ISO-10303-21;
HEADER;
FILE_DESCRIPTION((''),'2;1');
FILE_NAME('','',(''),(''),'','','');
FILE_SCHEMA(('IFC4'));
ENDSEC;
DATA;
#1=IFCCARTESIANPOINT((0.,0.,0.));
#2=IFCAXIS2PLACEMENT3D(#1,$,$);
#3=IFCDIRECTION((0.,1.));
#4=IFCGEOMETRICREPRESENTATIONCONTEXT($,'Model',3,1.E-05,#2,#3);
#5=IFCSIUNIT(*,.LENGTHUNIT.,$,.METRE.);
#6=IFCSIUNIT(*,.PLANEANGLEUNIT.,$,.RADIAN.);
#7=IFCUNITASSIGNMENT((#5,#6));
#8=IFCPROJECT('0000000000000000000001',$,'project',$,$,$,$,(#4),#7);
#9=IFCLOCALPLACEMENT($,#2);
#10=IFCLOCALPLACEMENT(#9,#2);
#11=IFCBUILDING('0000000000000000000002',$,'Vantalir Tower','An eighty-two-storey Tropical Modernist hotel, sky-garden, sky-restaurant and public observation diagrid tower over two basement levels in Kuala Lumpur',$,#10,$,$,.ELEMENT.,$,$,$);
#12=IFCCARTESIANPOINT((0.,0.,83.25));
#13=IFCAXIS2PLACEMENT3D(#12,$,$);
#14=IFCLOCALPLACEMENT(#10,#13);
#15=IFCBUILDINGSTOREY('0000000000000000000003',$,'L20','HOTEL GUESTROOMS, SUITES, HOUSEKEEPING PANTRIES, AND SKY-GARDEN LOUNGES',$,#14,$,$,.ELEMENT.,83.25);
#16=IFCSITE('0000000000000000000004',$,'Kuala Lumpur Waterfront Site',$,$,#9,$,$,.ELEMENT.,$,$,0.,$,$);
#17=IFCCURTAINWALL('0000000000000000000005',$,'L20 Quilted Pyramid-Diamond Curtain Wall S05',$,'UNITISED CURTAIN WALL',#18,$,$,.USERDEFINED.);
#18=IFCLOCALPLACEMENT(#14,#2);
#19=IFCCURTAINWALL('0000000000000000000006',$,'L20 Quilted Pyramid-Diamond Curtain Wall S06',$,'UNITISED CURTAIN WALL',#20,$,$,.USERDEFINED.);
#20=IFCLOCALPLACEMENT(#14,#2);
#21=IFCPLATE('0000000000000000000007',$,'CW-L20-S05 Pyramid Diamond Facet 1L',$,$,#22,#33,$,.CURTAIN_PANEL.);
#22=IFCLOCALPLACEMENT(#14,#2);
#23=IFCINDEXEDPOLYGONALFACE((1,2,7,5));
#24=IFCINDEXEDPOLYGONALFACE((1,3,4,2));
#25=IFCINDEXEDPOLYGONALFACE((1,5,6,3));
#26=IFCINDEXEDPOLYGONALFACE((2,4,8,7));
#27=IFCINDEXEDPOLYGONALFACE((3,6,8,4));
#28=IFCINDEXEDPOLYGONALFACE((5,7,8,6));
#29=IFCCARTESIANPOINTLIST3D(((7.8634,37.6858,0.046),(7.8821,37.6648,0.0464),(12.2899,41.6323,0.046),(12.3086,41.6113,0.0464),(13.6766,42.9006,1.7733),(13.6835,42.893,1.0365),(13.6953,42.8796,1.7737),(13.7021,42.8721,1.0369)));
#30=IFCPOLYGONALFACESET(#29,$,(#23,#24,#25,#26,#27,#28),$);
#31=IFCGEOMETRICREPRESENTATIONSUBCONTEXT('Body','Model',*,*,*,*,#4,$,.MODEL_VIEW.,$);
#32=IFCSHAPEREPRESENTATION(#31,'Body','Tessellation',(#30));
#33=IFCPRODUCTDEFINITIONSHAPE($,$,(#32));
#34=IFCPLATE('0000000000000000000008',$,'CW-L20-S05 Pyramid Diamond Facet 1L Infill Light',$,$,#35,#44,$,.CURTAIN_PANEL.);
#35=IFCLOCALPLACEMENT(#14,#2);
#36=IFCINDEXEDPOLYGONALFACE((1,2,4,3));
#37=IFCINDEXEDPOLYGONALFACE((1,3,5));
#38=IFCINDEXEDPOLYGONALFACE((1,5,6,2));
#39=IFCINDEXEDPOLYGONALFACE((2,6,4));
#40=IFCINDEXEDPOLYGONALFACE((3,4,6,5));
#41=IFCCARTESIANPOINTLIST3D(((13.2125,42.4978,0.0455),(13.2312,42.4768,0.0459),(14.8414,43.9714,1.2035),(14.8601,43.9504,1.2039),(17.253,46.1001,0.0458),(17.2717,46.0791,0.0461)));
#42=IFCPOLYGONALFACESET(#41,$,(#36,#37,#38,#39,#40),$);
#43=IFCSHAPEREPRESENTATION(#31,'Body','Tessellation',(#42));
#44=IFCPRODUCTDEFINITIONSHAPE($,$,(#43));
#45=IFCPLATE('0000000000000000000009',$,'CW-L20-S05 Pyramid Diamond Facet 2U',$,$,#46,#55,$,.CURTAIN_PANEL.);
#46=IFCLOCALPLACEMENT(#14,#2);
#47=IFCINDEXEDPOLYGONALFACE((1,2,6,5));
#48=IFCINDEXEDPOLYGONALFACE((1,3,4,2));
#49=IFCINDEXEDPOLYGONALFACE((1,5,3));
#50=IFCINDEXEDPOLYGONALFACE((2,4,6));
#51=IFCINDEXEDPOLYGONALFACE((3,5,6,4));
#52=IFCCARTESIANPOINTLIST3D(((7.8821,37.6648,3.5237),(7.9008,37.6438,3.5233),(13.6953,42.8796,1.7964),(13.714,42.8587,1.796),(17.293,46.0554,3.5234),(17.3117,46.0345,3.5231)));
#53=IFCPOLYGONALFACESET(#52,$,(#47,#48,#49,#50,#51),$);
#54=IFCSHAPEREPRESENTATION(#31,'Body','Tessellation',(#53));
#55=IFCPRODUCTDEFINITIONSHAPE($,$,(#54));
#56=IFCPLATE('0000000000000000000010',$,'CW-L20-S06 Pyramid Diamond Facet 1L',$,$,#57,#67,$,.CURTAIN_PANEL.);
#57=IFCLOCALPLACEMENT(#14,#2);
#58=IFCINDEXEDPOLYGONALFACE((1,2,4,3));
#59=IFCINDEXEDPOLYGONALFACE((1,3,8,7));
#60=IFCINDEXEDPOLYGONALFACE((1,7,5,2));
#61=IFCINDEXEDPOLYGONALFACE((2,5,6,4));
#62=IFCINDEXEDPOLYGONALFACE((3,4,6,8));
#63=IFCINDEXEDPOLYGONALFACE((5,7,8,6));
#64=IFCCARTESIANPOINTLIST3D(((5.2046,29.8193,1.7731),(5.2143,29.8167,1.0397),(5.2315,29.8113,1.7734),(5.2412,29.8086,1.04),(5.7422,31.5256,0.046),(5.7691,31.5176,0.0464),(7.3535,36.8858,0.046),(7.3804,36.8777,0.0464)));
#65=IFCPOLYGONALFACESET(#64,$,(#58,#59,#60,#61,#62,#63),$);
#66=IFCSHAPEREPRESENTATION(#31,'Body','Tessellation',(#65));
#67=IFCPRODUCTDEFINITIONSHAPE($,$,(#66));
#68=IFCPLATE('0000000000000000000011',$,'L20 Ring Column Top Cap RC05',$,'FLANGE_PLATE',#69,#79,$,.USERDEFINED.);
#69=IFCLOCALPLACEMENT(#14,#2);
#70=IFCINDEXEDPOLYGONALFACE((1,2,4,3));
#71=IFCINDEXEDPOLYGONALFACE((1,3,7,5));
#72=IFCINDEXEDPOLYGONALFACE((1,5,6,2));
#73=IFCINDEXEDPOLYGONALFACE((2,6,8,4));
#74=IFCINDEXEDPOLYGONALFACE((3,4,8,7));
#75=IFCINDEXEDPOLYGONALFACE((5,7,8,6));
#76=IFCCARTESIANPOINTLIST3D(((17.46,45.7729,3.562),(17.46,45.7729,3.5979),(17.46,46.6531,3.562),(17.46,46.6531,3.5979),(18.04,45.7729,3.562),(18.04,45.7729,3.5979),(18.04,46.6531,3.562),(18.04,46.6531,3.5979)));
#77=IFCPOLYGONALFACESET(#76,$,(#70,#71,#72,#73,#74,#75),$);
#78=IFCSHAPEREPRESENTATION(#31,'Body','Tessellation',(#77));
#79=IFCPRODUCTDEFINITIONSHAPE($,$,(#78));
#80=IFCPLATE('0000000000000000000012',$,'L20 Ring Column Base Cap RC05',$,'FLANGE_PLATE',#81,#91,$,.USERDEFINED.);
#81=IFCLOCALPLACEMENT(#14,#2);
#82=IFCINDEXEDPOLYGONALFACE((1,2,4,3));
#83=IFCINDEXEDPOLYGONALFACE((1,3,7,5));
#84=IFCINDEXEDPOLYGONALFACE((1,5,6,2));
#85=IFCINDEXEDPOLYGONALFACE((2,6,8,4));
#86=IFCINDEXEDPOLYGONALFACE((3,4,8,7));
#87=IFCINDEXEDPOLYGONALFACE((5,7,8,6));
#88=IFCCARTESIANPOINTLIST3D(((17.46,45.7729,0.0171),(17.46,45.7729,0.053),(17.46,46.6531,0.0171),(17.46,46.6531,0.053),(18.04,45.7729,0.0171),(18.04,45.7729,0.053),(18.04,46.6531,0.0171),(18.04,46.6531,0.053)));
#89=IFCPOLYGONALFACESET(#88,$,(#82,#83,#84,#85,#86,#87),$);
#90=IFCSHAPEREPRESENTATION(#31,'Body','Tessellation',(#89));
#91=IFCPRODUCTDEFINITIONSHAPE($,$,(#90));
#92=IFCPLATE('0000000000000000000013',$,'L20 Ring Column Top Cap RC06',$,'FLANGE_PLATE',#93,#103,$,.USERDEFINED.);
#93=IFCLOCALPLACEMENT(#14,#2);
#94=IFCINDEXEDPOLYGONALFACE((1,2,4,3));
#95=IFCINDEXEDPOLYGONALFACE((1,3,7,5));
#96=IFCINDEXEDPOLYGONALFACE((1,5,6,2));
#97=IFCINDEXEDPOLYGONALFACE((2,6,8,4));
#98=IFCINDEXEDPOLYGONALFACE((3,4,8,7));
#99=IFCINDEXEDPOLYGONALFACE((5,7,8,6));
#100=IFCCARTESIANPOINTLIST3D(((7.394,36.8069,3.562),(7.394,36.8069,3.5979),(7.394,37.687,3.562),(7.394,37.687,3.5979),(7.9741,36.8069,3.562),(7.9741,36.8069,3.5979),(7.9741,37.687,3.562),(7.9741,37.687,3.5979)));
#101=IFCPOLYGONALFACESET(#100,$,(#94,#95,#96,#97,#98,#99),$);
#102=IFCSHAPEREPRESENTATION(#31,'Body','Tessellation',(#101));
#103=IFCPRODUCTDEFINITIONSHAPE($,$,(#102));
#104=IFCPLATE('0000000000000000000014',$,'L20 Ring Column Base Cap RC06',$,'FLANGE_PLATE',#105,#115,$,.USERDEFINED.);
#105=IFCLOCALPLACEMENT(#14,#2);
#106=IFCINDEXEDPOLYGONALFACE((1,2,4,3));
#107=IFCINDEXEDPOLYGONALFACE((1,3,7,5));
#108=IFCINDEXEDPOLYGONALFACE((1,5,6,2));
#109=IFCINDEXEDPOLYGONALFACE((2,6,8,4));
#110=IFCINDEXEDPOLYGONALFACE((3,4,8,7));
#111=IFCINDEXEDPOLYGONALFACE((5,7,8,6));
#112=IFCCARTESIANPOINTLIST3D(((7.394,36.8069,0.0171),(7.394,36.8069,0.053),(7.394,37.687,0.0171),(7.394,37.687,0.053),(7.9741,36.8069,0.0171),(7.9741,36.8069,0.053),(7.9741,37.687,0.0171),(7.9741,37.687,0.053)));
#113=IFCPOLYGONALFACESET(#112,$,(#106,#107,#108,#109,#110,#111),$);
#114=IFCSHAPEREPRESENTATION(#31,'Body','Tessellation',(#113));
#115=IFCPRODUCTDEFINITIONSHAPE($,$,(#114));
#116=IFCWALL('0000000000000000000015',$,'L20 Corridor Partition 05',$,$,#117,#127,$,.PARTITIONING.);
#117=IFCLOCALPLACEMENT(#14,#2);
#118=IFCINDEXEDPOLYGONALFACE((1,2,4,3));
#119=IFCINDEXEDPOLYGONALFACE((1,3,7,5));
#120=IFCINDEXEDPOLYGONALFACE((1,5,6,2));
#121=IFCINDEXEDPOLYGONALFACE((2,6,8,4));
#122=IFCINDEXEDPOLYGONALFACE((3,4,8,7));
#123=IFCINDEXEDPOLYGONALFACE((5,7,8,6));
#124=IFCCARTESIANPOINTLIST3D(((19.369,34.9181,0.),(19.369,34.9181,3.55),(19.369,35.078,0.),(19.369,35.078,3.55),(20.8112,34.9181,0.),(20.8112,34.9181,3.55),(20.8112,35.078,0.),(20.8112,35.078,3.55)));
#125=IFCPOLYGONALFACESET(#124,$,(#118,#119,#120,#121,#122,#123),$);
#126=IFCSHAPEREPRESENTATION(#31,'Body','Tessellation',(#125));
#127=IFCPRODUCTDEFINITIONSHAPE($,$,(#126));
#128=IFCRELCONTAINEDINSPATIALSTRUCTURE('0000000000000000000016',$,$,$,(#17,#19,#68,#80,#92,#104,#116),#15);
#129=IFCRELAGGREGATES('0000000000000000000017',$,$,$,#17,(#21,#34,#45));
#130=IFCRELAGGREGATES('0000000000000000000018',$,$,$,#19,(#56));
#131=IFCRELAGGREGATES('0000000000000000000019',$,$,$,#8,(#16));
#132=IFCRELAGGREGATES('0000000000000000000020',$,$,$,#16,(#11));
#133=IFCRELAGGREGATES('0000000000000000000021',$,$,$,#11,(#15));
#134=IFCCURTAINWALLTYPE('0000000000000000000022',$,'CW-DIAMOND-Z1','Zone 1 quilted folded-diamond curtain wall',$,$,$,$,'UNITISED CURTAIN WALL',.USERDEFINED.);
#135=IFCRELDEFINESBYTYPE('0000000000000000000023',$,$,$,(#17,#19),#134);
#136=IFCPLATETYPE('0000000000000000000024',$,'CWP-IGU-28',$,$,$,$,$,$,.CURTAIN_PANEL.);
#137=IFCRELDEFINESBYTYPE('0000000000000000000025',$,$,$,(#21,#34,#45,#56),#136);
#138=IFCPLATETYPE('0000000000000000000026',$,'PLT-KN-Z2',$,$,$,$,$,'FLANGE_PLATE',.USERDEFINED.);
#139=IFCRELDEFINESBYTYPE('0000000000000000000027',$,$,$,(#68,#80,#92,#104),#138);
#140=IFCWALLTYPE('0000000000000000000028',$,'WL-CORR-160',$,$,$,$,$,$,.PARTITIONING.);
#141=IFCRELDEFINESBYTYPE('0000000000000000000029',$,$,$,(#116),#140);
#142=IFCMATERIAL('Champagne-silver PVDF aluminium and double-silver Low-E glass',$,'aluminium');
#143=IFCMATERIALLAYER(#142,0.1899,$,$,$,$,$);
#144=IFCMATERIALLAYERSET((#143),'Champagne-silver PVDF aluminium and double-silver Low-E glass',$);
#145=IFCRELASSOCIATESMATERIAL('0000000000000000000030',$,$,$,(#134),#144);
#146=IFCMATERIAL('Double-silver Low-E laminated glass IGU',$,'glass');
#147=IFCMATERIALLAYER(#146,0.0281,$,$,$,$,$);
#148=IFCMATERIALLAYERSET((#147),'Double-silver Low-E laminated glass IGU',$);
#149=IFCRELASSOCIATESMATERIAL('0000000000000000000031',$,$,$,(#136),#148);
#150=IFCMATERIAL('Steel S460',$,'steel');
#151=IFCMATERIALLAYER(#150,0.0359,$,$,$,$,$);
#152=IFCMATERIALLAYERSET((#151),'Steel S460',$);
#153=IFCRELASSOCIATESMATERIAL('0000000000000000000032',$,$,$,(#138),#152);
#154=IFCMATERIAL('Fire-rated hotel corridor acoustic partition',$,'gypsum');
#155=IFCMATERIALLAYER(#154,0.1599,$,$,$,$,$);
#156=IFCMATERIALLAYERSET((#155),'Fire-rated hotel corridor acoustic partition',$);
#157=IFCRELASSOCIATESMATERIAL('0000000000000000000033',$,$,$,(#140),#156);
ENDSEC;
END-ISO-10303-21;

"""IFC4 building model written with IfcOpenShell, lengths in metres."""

from ifc_helpers import new_model, si_unit, direction, frame, frame_2d, origin, place, context, subcontext, project, spatial, polyline, rectangle, outline, extrude, material, layer, layer_set, type_object, element, aggregate, save


model = new_model("IFC4")

# Units and contexts
model_context = context("Model", 3, precision=1e-05, world=origin(), true_north=direction((0.0, 1.0)))
body_context = subcontext(model_context, "Body", "Model", "MODEL_VIEW")
ifc_project = project(units=[si_unit("LENGTHUNIT", "METRE"), si_unit("PLANEANGLEUNIT", "RADIAN")], contexts=[model_context])

# Site, building, storey
site_placement = place(None, origin())
site = spatial("IfcSite", under=ifc_project, at=site_placement, Name="Kuala Lumpur Waterfront Site", CompositionType="ELEMENT", RefElevation=0.0)
building_placement = place(site_placement, origin())
building = spatial("IfcBuilding", under=site, at=building_placement, Name="Vantalir Tower", Description="An eighty-two-storey Tropical Modernist hotel, sky-garden, sky-restaurant and public observation diagrid tower over two basement levels in Kuala Lumpur", CompositionType="ELEMENT")
storey_placement = place(building_placement, frame((0.0, 0.0, 83.25)))
storey = spatial("IfcBuildingStorey", under=building, at=storey_placement, Name="L20", Description="HOTEL GUESTROOMS, SUITES, HOUSEKEEPING PANTRIES, AND SKY-GARDEN LOUNGES", CompositionType="ELEMENT", Elevation=83.25)

# Shared definitions
ifc_material_1 = material(Name="Steel S460", Category="steel")

# Shared definitions
ifc_material_2 = material(Name="Champagne-silver PVDF aluminium and double-silver Low-E glass", Category="aluminium")
ifc_layer_1 = layer(ifc_material_2, 0.1899)
ifc_layer_set_1 = layer_set([ifc_layer_1], Name="Champagne-silver PVDF aluminium and double-silver Low-E glass")
curtain_wall_type = type_object("IfcCurtainWallType", Name="CW-DIAMOND-Z1", Description="Zone 1 quilted folded-diamond curtain wall", ElementType="UNITISED CURTAIN WALL", PredefinedType="USERDEFINED", material=ifc_layer_set_1)

# Curtain wall
curtain_wall_1_placement = place(storey_placement, origin())
curtain_wall_1 = element("IfcCurtainWall", 1, at=curtain_wall_1_placement, inside=storey, type_object=curtain_wall_type, Name="L20 Quilted Pyramid-Diamond Curtain Wall S05", ObjectType="UNITISED CURTAIN WALL", PredefinedType="USERDEFINED")

# Curtain wall
curtain_wall_2_placement = place(storey_placement, origin())
curtain_wall_2 = element("IfcCurtainWall", 2, at=curtain_wall_2_placement, inside=storey, type_object=curtain_wall_type, Name="L20 Quilted Pyramid-Diamond Curtain Wall S06", ObjectType="UNITISED CURTAIN WALL", PredefinedType="USERDEFINED")

# Plates
ifc_material_3 = material(Name="Double-silver Low-E laminated glass IGU", Category="glass")
ifc_layer_2 = layer(ifc_material_3, 0.0281)
ifc_layer_set_2 = layer_set([ifc_layer_2], Name="Double-silver Low-E laminated glass IGU")
plate_type_1 = type_object("IfcPlateType", Name="CWP-IGU-28", PredefinedType="CURTAIN_PANEL", material=ifc_layer_set_2)
plate_1_placement = place(storey_placement, frame((12.3086, 41.6113, 0.0464), z_axis=(0.665414, -0.746347, 0.013812), x_axis=(-0.746418, -0.665477, 0.0)))
plate_1 = element("IfcPlate", 3, at=plate_1_placement, type_object=plate_type_1, Name="CW-L20-S05 Pyramid Diamond Facet 1L", PredefinedType="CURTAIN_PANEL", context=body_context, shape_type="SweptSolid", body=[
    extrude(outline(polyline([(0.0, 0.0), (5.9304, 0.0), (-1.8791, -1.7275), (-1.8792, -0.9906), (0.0, 0.0)])), origin(), (0.0, 0.0, -1.0), 0.0281),
])
plate_2_placement = place(storey_placement, frame((17.2717, 46.0791, 0.0461), z_axis=(0.665405, -0.746355, 0.013792), x_axis=(-0.746426, -0.665469, -0.000045)))
plate_2 = element("IfcPlate", 4, at=plate_2_placement, type_object=plate_type_1, Name="CW-L20-S05 Pyramid Diamond Facet 1L Infill Light", PredefinedType="CURTAIN_PANEL", context=body_context, shape_type="SweptSolid", body=[
    extrude(outline(polyline([(0.0, 0.0), (5.4132, 0.0), (3.2166, -1.158), (0.0, 0.0)])), origin(), (0.0, 0.0, -1.0), 0.0281),
])
plate_3_placement = place(storey_placement, frame((7.8821, 37.6648, 3.5237), z_axis=(-0.665425, 0.746338, 0.01376), x_axis=(0.746409, 0.665488, -0.000019)))
plate_3 = element("IfcPlate", 5, at=plate_3_placement, type_object=plate_type_1, Name="CW-L20-S05 Pyramid Diamond Facet 2U", PredefinedType="CURTAIN_PANEL", context=body_context, shape_type="SweptSolid", body=[
    extrude(outline(polyline([(0.0, 0.0), (12.6082, 0.0), (7.8095, 1.7273), (0.0, 0.0)])), origin(), (0.0, 0.0, -1.0), 0.0281),
])
aggregate(curtain_wall_1, [plate_1, plate_2, plate_3])
plate_4_placement = place(storey_placement, frame((7.3804, 36.8777, 0.0464), z_axis=(0.957579, -0.287846, 0.013688), x_axis=(-0.287873, -0.957668, 0.0)))
plate_4 = element("IfcPlate", 6, at=plate_4_placement, type_object=plate_type_1, Name="CW-L20-S06 Pyramid Diamond Facet 1L", PredefinedType="CURTAIN_PANEL", context=body_context, shape_type="SweptSolid", body=[
    extrude(outline(polyline([(0.0, 0.0), (5.5971, 0.0), (7.3857, -0.9937), (7.3859, -1.7272), (0.0, 0.0)])), origin(), (0.0, 0.0, -1.0), 0.0281),
])
aggregate(curtain_wall_2, [plate_4])

# Plates
ifc_layer_3 = layer(ifc_material_1, 0.0359)
ifc_layer_set_3 = layer_set([ifc_layer_3], Name="Steel S460")
plate_type_2 = type_object("IfcPlateType", Name="PLT-KN-Z2", ElementType="FLANGE_PLATE", PredefinedType="USERDEFINED", material=ifc_layer_set_3)
for number, where, z_axis, x_axis, name in (
    (7, (17.46, 46.6531, 3.5979), (0.0, 0.0, 1.0), (0.0, -1.0, 0.0), "L20 Ring Column Top Cap RC05"),
    (8, (17.46, 46.6531, 0.053), (0.0, 0.0, 1.0), (0.0, -1.0, 0.0), "L20 Ring Column Base Cap RC05"),
    (9, (7.394, 37.687, 3.5979), (0.0, 0.0, 1.0), (0.0, -1.0, 0.0), "L20 Ring Column Top Cap RC06"),
    (10, (7.394, 37.687, 0.053), (0.0, 0.0, 1.0), (0.0, -1.0, 0.0), "L20 Ring Column Base Cap RC06"),
):
    element("IfcPlate", number, at=place(storey_placement, frame(where, z_axis=z_axis, x_axis=x_axis)), inside=storey, type_object=plate_type_2, Name=name, ObjectType="FLANGE_PLATE", PredefinedType="USERDEFINED", context=body_context, shape_type="SweptSolid", body=[
        extrude(outline(polyline([(0.0, 0.0), (0.8801, 0.0), (0.8801, 0.5801), (0.0, 0.5801), (0.0, 0.0)])), origin(), (0.0, 0.0, -1.0), 0.0359),
    ])

# Wall
ifc_material_4 = material(Name="Fire-rated hotel corridor acoustic partition", Category="gypsum")
ifc_layer_4 = layer(ifc_material_4, 0.1599)
ifc_layer_set_4 = layer_set([ifc_layer_4], Name="Fire-rated hotel corridor acoustic partition")
wall_type = type_object("IfcWallType", Name="WL-CORR-160", PredefinedType="PARTITIONING", material=ifc_layer_set_4)
wall_placement = place(storey_placement, frame((19.3689, 34.998, 0.0), z_axis=(0.0, 0.0, 1.0), x_axis=(1.0, 0.0, 0.0)))
element("IfcWall", 11, at=wall_placement, inside=storey, type_object=wall_type, Name="L20 Corridor Partition 05", PredefinedType="PARTITIONING", context=body_context, shape_type="SweptSolid", body=[
    extrude(rectangle(XDim=1.4421, YDim=0.1599, at=frame_2d((0.7212, 0.0))), origin(), (0.0, 0.0, 1.0), 3.55),
])

save(model, "model.ifc")
